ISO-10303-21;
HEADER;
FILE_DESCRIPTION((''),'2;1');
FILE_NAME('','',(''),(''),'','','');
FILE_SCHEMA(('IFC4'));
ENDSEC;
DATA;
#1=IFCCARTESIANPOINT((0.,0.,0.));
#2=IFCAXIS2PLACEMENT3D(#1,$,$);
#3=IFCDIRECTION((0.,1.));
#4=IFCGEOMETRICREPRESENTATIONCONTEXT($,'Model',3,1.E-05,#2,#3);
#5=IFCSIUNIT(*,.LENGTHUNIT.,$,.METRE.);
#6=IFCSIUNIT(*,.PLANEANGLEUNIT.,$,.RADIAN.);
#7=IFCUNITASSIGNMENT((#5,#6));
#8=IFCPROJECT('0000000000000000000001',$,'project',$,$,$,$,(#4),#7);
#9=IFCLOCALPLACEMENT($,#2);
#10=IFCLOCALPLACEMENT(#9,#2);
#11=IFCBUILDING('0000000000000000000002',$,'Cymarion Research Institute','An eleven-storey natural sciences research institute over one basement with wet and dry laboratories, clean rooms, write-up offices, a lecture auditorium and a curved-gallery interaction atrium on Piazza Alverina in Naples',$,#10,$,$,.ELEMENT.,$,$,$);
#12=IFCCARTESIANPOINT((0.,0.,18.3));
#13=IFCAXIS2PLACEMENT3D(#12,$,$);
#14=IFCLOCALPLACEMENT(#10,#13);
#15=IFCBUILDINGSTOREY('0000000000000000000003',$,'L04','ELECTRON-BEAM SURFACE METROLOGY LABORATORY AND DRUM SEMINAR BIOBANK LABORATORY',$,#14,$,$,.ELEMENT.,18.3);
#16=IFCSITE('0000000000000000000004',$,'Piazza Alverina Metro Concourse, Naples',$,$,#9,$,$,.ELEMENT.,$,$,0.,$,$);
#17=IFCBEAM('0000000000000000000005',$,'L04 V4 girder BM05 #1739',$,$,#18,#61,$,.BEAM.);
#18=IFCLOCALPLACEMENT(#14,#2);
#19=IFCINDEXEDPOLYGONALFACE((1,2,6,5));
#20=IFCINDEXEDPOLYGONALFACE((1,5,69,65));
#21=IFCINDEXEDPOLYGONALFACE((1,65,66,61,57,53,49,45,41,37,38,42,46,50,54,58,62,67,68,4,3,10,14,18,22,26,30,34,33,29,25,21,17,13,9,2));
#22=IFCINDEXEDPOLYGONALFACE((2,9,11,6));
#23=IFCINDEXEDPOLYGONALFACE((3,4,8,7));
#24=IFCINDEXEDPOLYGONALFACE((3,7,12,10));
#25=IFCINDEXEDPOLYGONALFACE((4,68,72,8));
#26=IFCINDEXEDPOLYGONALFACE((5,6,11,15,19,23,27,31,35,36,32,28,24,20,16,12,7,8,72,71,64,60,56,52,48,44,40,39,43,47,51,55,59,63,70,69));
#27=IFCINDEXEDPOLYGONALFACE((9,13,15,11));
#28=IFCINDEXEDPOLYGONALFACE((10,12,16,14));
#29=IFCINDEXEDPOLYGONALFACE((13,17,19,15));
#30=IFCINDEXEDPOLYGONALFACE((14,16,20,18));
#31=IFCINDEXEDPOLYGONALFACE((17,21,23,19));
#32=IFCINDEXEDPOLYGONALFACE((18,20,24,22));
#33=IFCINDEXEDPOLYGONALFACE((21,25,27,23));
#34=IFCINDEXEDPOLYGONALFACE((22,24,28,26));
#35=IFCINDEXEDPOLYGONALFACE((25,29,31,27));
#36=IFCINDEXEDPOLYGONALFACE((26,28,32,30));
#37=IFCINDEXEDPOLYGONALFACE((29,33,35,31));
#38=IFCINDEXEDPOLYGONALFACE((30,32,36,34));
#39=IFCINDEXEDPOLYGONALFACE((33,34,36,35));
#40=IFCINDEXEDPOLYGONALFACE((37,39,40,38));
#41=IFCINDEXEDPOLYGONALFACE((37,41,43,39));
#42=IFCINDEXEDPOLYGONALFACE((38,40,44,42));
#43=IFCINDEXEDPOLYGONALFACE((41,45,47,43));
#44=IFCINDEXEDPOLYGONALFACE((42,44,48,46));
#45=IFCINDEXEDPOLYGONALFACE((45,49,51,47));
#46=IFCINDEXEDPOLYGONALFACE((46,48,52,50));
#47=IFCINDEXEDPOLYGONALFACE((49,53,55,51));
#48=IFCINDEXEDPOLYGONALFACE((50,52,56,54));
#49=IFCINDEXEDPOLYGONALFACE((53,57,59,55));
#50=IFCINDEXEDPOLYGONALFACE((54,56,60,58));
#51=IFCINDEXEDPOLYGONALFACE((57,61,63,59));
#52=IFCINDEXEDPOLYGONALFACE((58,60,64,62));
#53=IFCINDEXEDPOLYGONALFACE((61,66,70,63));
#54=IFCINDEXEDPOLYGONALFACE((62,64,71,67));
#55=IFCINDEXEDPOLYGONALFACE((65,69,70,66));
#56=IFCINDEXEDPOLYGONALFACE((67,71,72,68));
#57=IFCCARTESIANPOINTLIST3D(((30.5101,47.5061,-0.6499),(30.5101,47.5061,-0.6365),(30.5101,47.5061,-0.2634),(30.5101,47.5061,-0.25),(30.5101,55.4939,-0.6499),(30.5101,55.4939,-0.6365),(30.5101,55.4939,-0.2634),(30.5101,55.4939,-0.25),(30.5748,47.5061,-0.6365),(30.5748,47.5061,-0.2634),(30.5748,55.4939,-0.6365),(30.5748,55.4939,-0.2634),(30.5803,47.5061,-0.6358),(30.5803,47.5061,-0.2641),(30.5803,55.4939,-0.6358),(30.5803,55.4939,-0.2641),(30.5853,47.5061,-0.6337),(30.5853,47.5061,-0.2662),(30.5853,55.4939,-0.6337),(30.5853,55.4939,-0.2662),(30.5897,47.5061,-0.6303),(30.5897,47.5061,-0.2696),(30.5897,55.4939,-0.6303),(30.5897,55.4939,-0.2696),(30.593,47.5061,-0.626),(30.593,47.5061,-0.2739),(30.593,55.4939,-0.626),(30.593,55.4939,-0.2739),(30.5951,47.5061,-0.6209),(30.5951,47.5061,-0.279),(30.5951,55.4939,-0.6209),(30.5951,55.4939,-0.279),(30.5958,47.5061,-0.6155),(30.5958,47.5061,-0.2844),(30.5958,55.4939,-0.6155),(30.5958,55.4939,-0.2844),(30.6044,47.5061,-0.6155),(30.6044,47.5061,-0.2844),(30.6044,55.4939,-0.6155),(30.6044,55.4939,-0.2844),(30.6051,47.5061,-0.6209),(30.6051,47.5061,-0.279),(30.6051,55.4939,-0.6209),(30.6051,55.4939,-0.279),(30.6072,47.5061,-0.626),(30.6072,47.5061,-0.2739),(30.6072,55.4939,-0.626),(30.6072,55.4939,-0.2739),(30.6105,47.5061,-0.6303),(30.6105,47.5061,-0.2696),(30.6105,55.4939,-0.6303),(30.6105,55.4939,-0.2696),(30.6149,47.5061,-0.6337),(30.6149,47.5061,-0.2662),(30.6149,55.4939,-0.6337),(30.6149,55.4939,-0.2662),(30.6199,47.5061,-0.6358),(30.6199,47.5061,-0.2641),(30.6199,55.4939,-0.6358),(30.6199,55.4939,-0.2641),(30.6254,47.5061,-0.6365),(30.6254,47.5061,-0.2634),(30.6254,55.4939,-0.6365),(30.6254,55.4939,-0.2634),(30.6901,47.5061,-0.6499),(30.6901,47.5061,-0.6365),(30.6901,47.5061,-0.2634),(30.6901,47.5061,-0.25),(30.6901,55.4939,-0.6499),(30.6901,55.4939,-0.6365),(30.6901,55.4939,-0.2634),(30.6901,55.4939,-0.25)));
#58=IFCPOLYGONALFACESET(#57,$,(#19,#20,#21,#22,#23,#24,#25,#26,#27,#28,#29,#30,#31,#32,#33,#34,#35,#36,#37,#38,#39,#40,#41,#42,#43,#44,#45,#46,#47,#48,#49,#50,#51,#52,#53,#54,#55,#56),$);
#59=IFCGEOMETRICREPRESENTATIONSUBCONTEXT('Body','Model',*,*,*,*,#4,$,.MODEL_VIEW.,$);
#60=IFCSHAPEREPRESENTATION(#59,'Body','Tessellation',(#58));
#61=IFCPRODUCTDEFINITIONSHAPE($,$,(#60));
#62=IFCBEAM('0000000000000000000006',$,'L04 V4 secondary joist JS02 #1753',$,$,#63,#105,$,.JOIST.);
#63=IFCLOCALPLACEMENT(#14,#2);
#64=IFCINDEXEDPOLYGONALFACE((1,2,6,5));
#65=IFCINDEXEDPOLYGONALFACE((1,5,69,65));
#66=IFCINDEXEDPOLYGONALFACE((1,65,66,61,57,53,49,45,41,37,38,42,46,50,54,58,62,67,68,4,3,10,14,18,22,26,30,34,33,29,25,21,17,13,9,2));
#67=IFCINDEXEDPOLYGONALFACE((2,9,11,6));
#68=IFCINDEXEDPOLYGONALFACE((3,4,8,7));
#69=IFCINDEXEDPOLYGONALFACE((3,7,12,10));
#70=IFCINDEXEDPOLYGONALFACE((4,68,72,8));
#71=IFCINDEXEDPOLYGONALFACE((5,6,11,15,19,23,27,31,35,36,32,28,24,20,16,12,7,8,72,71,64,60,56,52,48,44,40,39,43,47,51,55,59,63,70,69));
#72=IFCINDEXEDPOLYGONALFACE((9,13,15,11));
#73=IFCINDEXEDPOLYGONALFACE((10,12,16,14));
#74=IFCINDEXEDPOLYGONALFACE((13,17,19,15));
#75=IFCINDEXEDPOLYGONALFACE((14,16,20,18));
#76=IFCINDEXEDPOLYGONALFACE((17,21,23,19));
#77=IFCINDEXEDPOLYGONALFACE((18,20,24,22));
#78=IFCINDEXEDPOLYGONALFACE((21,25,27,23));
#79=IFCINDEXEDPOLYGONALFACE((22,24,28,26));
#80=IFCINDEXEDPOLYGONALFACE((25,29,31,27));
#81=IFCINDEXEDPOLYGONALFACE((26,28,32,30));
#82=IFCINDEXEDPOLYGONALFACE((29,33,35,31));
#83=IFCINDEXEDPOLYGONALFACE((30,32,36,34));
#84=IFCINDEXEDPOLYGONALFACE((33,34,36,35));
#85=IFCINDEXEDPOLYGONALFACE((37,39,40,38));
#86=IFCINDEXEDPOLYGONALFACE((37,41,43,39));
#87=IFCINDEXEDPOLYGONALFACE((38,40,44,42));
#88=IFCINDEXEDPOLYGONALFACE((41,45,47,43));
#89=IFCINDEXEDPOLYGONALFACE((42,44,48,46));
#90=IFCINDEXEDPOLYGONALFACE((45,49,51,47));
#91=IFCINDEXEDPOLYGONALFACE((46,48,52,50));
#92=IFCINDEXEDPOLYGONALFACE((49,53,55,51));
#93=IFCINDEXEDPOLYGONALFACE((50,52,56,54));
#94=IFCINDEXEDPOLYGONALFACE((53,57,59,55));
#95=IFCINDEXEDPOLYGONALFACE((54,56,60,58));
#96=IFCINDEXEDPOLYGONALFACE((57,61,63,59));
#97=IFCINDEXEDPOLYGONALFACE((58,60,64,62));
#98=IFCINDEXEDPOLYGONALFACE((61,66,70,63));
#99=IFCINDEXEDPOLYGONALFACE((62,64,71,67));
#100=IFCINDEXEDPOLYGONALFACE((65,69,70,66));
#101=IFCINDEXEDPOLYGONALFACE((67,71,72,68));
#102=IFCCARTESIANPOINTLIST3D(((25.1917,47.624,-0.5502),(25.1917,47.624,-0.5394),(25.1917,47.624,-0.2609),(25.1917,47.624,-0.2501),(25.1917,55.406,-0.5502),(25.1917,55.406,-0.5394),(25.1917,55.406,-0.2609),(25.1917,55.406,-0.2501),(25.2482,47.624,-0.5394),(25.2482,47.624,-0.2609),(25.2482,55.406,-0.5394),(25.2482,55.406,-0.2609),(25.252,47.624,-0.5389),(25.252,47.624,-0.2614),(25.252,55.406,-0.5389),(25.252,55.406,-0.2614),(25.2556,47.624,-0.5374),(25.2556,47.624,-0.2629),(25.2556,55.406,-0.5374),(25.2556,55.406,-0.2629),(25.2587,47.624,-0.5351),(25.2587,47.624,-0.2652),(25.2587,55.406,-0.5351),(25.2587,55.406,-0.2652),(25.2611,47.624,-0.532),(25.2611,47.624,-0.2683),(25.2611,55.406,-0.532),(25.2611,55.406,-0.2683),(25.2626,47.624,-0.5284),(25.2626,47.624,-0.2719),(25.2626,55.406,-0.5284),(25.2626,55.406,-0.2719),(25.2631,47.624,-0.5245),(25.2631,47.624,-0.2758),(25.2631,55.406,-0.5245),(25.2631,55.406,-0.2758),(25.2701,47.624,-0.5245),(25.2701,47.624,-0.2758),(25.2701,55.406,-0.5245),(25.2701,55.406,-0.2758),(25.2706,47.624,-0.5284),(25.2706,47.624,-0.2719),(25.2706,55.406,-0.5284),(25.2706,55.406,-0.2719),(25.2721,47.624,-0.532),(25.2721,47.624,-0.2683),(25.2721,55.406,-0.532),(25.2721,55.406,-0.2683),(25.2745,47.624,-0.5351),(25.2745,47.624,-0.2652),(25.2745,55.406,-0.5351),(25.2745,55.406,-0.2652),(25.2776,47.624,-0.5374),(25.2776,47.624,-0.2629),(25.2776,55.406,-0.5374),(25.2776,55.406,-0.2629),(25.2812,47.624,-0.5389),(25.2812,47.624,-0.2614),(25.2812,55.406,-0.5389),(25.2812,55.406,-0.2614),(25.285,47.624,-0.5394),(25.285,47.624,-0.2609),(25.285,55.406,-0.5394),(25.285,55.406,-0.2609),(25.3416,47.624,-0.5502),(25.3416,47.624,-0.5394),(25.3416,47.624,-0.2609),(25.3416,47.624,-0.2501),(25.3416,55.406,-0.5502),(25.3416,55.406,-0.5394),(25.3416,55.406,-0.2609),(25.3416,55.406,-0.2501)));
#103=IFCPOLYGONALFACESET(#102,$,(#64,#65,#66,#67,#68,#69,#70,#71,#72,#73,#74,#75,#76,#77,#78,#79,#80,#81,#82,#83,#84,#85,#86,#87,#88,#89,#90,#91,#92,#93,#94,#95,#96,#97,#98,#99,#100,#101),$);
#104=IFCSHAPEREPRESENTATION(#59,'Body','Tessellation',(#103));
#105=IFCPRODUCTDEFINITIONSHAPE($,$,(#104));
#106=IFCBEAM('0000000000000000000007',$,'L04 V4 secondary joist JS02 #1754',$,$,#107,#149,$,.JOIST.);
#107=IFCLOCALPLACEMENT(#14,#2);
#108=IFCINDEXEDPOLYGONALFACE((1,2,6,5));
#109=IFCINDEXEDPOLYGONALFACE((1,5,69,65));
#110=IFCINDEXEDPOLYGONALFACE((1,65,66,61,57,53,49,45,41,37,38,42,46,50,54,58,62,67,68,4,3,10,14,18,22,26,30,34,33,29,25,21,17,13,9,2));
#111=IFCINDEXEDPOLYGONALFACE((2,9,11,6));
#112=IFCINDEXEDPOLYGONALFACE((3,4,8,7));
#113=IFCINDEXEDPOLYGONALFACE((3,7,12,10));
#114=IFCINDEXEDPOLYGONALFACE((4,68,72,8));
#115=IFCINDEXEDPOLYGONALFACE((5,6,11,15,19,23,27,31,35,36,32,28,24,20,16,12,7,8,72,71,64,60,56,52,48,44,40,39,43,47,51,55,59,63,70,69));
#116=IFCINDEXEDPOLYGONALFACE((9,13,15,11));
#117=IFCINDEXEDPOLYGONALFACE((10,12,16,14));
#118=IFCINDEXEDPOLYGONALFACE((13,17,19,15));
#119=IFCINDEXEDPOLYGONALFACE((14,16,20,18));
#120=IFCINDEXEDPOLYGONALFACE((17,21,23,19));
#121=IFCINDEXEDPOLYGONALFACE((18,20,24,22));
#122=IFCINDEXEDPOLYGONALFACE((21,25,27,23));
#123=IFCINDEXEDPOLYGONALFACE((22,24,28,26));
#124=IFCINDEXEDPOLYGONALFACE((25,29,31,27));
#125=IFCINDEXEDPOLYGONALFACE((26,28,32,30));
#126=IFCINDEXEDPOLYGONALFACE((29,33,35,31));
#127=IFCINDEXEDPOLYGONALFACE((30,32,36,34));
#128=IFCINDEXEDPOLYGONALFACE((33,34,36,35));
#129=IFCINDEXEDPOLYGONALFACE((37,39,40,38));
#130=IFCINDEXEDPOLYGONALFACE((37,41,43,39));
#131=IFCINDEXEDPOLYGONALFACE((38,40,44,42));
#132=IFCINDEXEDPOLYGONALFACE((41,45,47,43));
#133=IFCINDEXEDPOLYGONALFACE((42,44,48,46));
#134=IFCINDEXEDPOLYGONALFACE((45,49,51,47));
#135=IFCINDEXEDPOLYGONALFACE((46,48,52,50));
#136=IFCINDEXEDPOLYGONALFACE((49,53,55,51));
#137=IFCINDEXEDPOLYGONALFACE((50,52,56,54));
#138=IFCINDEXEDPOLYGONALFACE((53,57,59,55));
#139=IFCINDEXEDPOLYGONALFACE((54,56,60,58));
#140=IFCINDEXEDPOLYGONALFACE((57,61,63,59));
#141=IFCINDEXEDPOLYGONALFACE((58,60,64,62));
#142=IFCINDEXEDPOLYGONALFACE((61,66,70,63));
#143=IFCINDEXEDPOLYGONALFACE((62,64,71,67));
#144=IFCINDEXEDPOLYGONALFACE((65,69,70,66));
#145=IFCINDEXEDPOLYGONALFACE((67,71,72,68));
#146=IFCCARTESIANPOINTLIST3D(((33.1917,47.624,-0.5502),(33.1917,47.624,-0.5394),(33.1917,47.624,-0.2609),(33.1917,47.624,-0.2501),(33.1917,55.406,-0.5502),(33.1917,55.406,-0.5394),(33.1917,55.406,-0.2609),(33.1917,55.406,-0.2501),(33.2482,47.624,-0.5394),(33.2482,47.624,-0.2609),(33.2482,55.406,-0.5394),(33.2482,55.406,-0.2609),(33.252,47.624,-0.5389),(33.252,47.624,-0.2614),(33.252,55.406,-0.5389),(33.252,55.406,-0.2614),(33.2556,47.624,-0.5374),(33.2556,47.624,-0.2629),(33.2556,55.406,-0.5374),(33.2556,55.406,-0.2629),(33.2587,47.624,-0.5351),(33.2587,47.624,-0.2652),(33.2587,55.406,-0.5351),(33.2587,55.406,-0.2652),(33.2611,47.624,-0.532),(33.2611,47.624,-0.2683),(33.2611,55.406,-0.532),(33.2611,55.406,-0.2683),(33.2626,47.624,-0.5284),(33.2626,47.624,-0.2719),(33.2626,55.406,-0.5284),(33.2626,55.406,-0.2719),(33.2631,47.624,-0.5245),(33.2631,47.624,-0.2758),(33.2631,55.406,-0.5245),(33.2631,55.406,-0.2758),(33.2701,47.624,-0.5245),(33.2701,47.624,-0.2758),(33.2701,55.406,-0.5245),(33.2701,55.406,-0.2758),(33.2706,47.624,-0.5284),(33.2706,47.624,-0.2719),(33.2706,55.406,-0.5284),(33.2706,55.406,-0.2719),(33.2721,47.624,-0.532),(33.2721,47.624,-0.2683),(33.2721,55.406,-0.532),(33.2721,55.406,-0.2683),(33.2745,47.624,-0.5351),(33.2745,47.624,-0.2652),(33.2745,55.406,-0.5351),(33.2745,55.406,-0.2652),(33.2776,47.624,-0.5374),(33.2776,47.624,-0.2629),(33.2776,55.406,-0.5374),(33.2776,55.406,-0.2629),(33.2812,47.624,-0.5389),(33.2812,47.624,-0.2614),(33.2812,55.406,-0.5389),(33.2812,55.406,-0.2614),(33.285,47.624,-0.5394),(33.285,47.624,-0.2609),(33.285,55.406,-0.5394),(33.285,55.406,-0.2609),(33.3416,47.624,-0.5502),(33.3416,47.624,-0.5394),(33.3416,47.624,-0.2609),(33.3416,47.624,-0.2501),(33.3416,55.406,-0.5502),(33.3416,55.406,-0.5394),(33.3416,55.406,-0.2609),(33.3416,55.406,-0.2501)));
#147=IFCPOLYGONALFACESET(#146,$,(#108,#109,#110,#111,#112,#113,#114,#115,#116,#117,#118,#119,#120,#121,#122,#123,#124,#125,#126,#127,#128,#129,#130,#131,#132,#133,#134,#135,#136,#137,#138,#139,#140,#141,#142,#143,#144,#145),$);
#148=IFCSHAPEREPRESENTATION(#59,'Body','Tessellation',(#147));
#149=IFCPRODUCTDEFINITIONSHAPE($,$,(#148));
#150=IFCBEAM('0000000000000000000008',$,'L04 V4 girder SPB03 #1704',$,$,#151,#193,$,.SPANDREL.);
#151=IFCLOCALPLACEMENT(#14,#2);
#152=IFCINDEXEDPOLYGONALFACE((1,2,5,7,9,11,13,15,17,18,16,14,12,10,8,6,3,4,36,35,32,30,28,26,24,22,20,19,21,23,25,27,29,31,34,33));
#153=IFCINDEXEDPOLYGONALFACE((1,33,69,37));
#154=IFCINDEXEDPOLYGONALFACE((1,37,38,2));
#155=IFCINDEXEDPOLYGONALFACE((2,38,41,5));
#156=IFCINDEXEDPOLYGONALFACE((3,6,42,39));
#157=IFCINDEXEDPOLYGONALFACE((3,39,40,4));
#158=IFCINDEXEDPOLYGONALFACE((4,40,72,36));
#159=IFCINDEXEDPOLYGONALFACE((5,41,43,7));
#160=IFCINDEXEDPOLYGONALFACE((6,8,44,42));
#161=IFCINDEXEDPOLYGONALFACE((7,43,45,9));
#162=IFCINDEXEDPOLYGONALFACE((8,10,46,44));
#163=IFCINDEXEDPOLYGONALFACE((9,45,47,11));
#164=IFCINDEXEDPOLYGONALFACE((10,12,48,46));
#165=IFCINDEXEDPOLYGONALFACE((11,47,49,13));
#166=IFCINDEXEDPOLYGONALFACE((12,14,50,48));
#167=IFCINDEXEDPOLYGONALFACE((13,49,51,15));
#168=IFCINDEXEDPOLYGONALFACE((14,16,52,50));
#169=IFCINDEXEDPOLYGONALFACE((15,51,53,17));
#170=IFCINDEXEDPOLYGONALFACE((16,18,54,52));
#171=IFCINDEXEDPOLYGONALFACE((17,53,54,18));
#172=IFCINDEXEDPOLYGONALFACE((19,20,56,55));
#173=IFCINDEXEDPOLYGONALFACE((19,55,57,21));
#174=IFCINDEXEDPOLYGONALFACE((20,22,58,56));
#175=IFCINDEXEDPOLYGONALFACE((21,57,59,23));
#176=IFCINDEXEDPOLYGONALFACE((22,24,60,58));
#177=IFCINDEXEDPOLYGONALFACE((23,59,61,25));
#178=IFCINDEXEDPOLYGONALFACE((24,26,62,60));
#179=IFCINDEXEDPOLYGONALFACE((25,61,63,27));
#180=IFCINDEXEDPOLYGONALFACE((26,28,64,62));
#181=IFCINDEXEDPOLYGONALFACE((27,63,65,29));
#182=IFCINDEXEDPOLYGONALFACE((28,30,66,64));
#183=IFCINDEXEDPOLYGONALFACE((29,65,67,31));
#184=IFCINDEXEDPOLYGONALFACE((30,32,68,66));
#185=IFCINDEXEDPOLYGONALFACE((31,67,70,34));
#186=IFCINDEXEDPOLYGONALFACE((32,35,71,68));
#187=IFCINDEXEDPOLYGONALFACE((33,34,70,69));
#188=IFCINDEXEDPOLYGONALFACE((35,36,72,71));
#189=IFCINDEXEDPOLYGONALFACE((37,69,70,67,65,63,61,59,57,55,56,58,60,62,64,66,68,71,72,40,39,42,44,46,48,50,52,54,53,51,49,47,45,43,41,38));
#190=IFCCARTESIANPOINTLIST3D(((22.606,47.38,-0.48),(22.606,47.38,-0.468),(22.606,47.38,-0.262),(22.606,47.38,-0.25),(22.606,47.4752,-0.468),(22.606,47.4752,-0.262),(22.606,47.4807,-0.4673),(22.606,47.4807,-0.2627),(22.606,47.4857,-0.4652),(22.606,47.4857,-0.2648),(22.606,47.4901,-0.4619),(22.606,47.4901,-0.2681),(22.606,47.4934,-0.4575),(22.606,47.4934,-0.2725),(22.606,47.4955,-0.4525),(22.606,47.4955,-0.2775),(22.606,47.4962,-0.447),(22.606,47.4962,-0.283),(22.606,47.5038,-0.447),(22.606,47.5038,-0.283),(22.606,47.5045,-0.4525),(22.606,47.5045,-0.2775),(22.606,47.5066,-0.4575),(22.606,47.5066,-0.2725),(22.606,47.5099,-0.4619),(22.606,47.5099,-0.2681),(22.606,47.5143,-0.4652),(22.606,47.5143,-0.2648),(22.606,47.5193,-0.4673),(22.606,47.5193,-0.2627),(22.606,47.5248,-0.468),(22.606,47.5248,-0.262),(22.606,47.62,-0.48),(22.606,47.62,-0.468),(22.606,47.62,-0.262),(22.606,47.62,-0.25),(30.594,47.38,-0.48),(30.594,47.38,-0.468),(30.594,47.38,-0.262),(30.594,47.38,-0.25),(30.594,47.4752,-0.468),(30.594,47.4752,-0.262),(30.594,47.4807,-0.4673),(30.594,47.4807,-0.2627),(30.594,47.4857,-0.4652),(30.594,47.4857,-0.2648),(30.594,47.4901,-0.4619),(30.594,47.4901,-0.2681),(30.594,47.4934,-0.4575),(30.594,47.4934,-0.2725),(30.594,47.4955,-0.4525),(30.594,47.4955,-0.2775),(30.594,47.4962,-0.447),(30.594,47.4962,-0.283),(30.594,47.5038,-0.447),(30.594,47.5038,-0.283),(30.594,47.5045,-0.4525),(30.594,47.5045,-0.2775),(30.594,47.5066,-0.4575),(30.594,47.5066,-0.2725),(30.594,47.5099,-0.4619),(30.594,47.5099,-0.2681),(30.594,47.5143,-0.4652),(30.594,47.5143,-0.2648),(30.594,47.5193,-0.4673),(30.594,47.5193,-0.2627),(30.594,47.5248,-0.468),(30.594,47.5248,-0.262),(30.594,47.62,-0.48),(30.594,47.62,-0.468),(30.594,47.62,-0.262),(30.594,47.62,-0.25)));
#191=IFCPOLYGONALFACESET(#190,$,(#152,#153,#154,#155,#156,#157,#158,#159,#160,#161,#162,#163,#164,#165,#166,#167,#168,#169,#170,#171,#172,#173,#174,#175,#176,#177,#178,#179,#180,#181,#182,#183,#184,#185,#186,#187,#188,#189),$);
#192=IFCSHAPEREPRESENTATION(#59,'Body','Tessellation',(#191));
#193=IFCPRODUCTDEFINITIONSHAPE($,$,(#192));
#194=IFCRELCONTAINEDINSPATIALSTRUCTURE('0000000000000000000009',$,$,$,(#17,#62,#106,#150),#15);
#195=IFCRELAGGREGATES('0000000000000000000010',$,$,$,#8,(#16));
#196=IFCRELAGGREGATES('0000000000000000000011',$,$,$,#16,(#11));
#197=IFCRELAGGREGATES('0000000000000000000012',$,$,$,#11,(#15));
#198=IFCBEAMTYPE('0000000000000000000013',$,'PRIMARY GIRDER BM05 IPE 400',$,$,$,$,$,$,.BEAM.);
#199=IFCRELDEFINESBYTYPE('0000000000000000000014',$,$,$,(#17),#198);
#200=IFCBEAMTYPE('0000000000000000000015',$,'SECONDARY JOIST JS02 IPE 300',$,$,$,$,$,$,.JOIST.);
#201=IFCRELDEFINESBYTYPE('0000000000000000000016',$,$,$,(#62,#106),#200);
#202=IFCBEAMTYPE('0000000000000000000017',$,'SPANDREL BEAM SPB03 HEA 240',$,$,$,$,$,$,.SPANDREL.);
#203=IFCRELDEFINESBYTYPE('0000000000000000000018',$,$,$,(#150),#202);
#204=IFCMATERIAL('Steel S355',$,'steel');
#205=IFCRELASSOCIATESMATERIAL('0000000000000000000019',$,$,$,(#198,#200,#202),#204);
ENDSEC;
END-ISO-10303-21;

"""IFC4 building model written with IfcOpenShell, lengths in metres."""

from ifc_helpers import new_model, si_unit, direction, frame, origin, origin_2d, place, context, subcontext, project, spatial, i_section, extrude, material, material_profile, profile_set, type_object, element, save


model = new_model("IFC4")

# Units and contexts
model_context = context("Model", 3, precision=1e-05, world=origin(), true_north=direction((0.0, 1.0)))
body_context = subcontext(model_context, "Body", "Model", "MODEL_VIEW")
ifc_project = project(units=[si_unit("LENGTHUNIT", "METRE"), si_unit("PLANEANGLEUNIT", "RADIAN")], contexts=[model_context])

# Site, building, storey
site_placement = place(None, origin())
site = spatial("IfcSite", under=ifc_project, at=site_placement, Name="Piazza Alverina Metro Concourse, Naples", CompositionType="ELEMENT", RefElevation=0.0)
building_placement = place(site_placement, origin())
building = spatial("IfcBuilding", under=site, at=building_placement, Name="Cymarion Research Institute", Description="An eleven-storey natural sciences research institute over one basement with wet and dry laboratories, clean rooms, write-up offices, a lecture auditorium and a curved-gallery interaction atrium on Piazza Alverina in Naples", CompositionType="ELEMENT")
storey_placement = place(building_placement, frame((0.0, 0.0, 18.3)))
storey = spatial("IfcBuildingStorey", under=building, at=storey_placement, Name="L04", Description="ELECTRON-BEAM SURFACE METROLOGY LABORATORY AND DRUM SEMINAR BIOBANK LABORATORY", CompositionType="ELEMENT", Elevation=18.3)

# Shared definitions
ifc_material_1 = material(Name="Steel S355", Category="steel")

# Beams
ifc_material_profile_1 = material_profile(ifc_material_1, i_section(OverallWidth=0.1799, OverallDepth=0.3999, WebThickness=0.0085, FlangeThickness=0.0134, FilletRadius=0.021, at=origin_2d()), Name="IPE 400")
ifc_profile_set_1 = profile_set([ifc_material_profile_1], Name="Steel S355")
beam_type_1 = type_object("IfcBeamType", Name="PRIMARY GIRDER BM05 IPE 400", PredefinedType="BEAM", material=ifc_profile_set_1)
for number, where, z_axis, x_axis, name in (
    (1, (30.6001, 47.5061, -0.45), (0.0, 1.0, 0.0), (-1.0, 0.0, 0.0), "L04 V4 girder BM05 #1739"),
):
    element("IfcBeam", number, at=place(storey_placement, frame(where, z_axis=z_axis, x_axis=x_axis)), inside=storey, type_object=beam_type_1, Name=name, PredefinedType="BEAM", context=body_context, shape_type="SweptSolid", body=[
        extrude(i_section(OverallWidth=0.1799, OverallDepth=0.3999, WebThickness=0.0085, FlangeThickness=0.0134, FilletRadius=0.021, at=origin_2d()), origin(), (0.0, 0.0, 1.0), 7.9878),
    ])
ifc_material_profile_2 = material_profile(ifc_material_1, i_section(OverallWidth=0.1499, OverallDepth=0.3, WebThickness=0.0071, FlangeThickness=0.0107, FilletRadius=0.0149, at=origin_2d()), Name="IPE 300")
ifc_profile_set_2 = profile_set([ifc_material_profile_2], Name="Steel S355")
beam_type_2 = type_object("IfcBeamType", Name="SECONDARY JOIST JS02 IPE 300", PredefinedType="JOIST", material=ifc_profile_set_2)
for number, where, z_axis, x_axis, name in (
    (2, (25.2666, 47.624, -0.4001), (0.0, 1.0, 0.0), (-1.0, 0.0, 0.0), "L04 V4 secondary joist JS02 #1753"),
    (3, (33.2666, 47.624, -0.4001), (0.0, 1.0, 0.0), (-1.0, 0.0, 0.0), "L04 V4 secondary joist JS02 #1754"),
):
    element("IfcBeam", number, at=place(storey_placement, frame(where, z_axis=z_axis, x_axis=x_axis)), inside=storey, type_object=beam_type_2, Name=name, PredefinedType="JOIST", context=body_context, shape_type="SweptSolid", body=[
        extrude(i_section(OverallWidth=0.1499, OverallDepth=0.3, WebThickness=0.0071, FlangeThickness=0.0107, FilletRadius=0.0149, at=origin_2d()), origin(), (0.0, 0.0, 1.0), 7.782),
    ])
ifc_material_profile_3 = material_profile(ifc_material_1, i_section(OverallWidth=0.24, OverallDepth=0.23, WebThickness=0.0076, FlangeThickness=0.012, FilletRadius=0.021, at=origin_2d()), Name="HEA 240")
ifc_profile_set_3 = profile_set([ifc_material_profile_3], Name="Steel S355")
beam_type_3 = type_object("IfcBeamType", Name="SPANDREL BEAM SPB03 HEA 240", PredefinedType="SPANDREL", material=ifc_profile_set_3)
for number, where, z_axis, x_axis, name in (
    (4, (22.606, 47.5, -0.365), (1.0, 0.0, 0.0), (0.0, 1.0, 0.0), "L04 V4 girder SPB03 #1704"),
):
    element("IfcBeam", number, at=place(storey_placement, frame(where, z_axis=z_axis, x_axis=x_axis)), inside=storey, type_object=beam_type_3, Name=name, PredefinedType="SPANDREL", context=body_context, shape_type="SweptSolid", body=[
        extrude(i_section(OverallWidth=0.24, OverallDepth=0.23, WebThickness=0.0076, FlangeThickness=0.012, FilletRadius=0.021, at=origin_2d()), origin(), (0.0, 0.0, 1.0), 7.988),
    ])

save(model, "model.ifc")
